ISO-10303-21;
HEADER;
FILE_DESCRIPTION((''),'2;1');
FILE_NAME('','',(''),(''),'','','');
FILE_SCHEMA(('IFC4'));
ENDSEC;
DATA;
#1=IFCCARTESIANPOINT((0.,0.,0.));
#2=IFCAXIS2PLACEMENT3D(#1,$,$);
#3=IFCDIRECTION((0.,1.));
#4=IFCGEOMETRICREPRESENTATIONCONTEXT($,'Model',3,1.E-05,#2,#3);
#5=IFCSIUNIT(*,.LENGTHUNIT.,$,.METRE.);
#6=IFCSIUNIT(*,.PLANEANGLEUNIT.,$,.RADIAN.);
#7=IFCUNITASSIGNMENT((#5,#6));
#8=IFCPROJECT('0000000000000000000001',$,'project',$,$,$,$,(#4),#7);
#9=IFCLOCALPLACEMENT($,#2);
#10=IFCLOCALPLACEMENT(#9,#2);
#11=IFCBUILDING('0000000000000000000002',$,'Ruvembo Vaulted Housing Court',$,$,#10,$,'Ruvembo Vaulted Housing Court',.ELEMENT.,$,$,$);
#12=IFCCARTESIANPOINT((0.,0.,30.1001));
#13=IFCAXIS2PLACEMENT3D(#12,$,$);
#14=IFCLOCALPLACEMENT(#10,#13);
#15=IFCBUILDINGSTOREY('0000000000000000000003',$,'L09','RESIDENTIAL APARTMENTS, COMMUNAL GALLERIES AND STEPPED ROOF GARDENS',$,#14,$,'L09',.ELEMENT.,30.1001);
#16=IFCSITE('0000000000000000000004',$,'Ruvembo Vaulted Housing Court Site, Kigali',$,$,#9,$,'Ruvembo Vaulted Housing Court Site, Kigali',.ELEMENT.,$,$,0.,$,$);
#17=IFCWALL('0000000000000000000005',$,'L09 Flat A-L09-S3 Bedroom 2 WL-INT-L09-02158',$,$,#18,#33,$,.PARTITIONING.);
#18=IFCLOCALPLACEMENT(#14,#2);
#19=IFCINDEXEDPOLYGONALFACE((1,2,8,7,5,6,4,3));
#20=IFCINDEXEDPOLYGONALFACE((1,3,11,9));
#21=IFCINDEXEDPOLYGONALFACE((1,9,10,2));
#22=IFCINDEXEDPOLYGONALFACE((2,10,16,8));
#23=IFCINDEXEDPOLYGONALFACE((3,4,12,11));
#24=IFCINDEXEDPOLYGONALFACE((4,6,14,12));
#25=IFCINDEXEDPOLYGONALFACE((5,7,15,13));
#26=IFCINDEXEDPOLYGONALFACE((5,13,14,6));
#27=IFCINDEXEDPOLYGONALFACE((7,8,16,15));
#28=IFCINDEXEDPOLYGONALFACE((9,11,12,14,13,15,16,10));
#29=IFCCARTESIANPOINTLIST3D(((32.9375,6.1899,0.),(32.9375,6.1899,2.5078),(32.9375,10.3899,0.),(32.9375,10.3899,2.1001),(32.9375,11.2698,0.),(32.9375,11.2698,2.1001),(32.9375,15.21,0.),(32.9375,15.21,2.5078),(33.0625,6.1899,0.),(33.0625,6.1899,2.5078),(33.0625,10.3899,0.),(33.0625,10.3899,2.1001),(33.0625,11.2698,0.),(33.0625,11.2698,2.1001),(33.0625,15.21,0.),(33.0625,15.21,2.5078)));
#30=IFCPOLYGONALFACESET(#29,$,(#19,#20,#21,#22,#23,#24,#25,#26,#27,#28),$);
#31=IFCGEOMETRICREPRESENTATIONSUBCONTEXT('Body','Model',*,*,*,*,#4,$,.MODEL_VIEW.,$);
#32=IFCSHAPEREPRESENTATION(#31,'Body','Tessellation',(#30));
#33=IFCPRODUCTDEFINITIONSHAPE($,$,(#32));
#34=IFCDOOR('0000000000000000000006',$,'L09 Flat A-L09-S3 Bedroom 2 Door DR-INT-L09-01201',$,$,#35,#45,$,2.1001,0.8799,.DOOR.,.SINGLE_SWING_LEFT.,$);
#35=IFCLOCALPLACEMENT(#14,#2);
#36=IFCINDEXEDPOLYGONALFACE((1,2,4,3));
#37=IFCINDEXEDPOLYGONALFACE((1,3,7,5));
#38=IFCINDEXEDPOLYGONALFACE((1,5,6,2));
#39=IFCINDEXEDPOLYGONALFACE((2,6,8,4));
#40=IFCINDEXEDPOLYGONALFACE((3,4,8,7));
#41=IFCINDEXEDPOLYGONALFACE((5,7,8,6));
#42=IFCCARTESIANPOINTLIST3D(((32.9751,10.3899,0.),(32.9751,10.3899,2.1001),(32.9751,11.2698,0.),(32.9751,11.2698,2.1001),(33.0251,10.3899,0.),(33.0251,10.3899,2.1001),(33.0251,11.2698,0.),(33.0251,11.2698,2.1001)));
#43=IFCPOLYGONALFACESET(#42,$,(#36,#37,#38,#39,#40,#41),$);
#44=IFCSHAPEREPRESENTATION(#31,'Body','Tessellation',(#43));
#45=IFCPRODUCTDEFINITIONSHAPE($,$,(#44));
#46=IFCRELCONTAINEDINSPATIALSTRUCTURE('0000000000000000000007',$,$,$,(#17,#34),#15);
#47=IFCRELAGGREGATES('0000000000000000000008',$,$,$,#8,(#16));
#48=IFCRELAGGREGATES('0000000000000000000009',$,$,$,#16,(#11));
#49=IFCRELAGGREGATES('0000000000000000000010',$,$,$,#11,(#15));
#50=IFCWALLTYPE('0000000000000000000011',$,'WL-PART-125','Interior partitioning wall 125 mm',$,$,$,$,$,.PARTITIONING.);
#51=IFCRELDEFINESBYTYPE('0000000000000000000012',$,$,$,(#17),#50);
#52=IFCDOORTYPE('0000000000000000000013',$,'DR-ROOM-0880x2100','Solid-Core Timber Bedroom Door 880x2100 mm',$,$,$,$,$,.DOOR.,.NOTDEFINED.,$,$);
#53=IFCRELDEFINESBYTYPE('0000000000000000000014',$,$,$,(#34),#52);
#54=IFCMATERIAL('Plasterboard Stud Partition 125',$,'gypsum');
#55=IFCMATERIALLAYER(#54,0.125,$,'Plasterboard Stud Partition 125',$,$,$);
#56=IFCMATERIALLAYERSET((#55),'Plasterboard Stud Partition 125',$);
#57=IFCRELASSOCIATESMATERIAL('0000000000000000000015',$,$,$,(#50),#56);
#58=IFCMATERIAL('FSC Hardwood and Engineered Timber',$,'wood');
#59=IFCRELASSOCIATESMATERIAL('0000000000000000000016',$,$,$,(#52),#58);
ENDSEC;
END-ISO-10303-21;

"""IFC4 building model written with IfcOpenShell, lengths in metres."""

from ifc_helpers import new_model, si_unit, direction, frame, frame_2d, origin, place, context, subcontext, project, spatial, rectangle, extrude, material, layer, layer_set, type_object, element, fill, save


model = new_model("IFC4")

# Units and contexts
model_context = context("Model", 3, precision=1e-05, world=origin(), true_north=direction((0.0, 1.0)))
body_context = subcontext(model_context, "Body", "Model", "MODEL_VIEW")
ifc_project = project(units=[si_unit("LENGTHUNIT", "METRE"), si_unit("PLANEANGLEUNIT", "RADIAN")], contexts=[model_context])

# Site, building, storey
site_placement = place(None, origin())
site = spatial("IfcSite", under=ifc_project, at=site_placement, Name="Ruvembo Vaulted Housing Court Site, Kigali", LongName="Ruvembo Vaulted Housing Court Site, Kigali", CompositionType="ELEMENT", RefElevation=0.0)
building_placement = place(site_placement, origin())
building = spatial("IfcBuilding", under=site, at=building_placement, Name="Ruvembo Vaulted Housing Court", LongName="Ruvembo Vaulted Housing Court", CompositionType="ELEMENT")
storey_placement = place(building_placement, frame((0.0, 0.0, 30.1001)))
storey = spatial("IfcBuildingStorey", under=building, at=storey_placement, Name="L09", Description="RESIDENTIAL APARTMENTS, COMMUNAL GALLERIES AND STEPPED ROOF GARDENS", LongName="L09", CompositionType="ELEMENT", Elevation=30.1001)

# Wall, opening, door
ifc_material_1 = material(Name="Plasterboard Stud Partition 125", Category="gypsum")
ifc_layer_1 = layer(ifc_material_1, 0.125, Name="Plasterboard Stud Partition 125")
ifc_layer_set_1 = layer_set([ifc_layer_1], Name="Plasterboard Stud Partition 125")
wall_type_1 = type_object("IfcWallType", Name="WL-PART-125", Description="Interior partitioning wall 125 mm", PredefinedType="PARTITIONING", material=ifc_layer_set_1)
wall_1_placement = place(storey_placement, frame((33.0, 6.1899, 0.0), z_axis=(0.0, 0.0, 1.0), x_axis=(0.0, 1.0, 0.0)))
wall_1 = element("IfcWall", 1, at=wall_1_placement, inside=storey, type_object=wall_type_1, Name="L09 Flat A-L09-S3 Bedroom 2 WL-INT-L09-02158", PredefinedType="PARTITIONING", context=body_context, shape_type="SweptSolid", body=[
    extrude(rectangle(XDim=9.02, YDim=0.125, at=frame_2d((4.51, 0.0))), origin(), (0.0, 0.0, 1.0), 2.5078),
])
opening_1_placement = place(wall_1_placement, frame((4.2, 0.0, 0.0)))
opening_1 = element("IfcOpeningElement", 2, at=opening_1_placement, cuts=wall_1, PredefinedType="OPENING", context=body_context, shape_type="SweptSolid", body=[
    extrude(rectangle(XDim=0.8799, YDim=2.1001, at=frame_2d((0.4399, 1.05))), frame((0.0, 0.0725, 0.0), z_axis=(0.0, -1.0, 0.0), x_axis=(1.0, 0.0, 0.0)), (0.0, 0.0, 1.0), 0.145),
])
ifc_material_2 = material(Name="FSC Hardwood and Engineered Timber", Category="wood")
door_type = type_object("IfcDoorType", Name="DR-ROOM-0880x2100", Description="Solid-Core Timber Bedroom Door 880x2100 mm", OperationType="NOTDEFINED", PredefinedType="DOOR", material=ifc_material_2)
door_placement = place(opening_1_placement, origin())
door = element("IfcDoor", 3, at=door_placement, inside=storey, type_object=door_type, Name="L09 Flat A-L09-S3 Bedroom 2 Door DR-INT-L09-01201", OperationType="SINGLE_SWING_LEFT", OverallHeight=2.1001, OverallWidth=0.8799, PredefinedType="DOOR", context=body_context, shape_type="SweptSolid", body=[
    extrude(rectangle(XDim=0.8799, YDim=2.1001, at=frame_2d((0.4399, 1.05))), frame((0.0, 0.0249, 0.0), z_axis=(0.0, -1.0, 0.0), x_axis=(1.0, 0.0, 0.0)), (0.0, 0.0, 1.0), 0.05),
])
fill(opening_1, door)

save(model, "model.ifc")
